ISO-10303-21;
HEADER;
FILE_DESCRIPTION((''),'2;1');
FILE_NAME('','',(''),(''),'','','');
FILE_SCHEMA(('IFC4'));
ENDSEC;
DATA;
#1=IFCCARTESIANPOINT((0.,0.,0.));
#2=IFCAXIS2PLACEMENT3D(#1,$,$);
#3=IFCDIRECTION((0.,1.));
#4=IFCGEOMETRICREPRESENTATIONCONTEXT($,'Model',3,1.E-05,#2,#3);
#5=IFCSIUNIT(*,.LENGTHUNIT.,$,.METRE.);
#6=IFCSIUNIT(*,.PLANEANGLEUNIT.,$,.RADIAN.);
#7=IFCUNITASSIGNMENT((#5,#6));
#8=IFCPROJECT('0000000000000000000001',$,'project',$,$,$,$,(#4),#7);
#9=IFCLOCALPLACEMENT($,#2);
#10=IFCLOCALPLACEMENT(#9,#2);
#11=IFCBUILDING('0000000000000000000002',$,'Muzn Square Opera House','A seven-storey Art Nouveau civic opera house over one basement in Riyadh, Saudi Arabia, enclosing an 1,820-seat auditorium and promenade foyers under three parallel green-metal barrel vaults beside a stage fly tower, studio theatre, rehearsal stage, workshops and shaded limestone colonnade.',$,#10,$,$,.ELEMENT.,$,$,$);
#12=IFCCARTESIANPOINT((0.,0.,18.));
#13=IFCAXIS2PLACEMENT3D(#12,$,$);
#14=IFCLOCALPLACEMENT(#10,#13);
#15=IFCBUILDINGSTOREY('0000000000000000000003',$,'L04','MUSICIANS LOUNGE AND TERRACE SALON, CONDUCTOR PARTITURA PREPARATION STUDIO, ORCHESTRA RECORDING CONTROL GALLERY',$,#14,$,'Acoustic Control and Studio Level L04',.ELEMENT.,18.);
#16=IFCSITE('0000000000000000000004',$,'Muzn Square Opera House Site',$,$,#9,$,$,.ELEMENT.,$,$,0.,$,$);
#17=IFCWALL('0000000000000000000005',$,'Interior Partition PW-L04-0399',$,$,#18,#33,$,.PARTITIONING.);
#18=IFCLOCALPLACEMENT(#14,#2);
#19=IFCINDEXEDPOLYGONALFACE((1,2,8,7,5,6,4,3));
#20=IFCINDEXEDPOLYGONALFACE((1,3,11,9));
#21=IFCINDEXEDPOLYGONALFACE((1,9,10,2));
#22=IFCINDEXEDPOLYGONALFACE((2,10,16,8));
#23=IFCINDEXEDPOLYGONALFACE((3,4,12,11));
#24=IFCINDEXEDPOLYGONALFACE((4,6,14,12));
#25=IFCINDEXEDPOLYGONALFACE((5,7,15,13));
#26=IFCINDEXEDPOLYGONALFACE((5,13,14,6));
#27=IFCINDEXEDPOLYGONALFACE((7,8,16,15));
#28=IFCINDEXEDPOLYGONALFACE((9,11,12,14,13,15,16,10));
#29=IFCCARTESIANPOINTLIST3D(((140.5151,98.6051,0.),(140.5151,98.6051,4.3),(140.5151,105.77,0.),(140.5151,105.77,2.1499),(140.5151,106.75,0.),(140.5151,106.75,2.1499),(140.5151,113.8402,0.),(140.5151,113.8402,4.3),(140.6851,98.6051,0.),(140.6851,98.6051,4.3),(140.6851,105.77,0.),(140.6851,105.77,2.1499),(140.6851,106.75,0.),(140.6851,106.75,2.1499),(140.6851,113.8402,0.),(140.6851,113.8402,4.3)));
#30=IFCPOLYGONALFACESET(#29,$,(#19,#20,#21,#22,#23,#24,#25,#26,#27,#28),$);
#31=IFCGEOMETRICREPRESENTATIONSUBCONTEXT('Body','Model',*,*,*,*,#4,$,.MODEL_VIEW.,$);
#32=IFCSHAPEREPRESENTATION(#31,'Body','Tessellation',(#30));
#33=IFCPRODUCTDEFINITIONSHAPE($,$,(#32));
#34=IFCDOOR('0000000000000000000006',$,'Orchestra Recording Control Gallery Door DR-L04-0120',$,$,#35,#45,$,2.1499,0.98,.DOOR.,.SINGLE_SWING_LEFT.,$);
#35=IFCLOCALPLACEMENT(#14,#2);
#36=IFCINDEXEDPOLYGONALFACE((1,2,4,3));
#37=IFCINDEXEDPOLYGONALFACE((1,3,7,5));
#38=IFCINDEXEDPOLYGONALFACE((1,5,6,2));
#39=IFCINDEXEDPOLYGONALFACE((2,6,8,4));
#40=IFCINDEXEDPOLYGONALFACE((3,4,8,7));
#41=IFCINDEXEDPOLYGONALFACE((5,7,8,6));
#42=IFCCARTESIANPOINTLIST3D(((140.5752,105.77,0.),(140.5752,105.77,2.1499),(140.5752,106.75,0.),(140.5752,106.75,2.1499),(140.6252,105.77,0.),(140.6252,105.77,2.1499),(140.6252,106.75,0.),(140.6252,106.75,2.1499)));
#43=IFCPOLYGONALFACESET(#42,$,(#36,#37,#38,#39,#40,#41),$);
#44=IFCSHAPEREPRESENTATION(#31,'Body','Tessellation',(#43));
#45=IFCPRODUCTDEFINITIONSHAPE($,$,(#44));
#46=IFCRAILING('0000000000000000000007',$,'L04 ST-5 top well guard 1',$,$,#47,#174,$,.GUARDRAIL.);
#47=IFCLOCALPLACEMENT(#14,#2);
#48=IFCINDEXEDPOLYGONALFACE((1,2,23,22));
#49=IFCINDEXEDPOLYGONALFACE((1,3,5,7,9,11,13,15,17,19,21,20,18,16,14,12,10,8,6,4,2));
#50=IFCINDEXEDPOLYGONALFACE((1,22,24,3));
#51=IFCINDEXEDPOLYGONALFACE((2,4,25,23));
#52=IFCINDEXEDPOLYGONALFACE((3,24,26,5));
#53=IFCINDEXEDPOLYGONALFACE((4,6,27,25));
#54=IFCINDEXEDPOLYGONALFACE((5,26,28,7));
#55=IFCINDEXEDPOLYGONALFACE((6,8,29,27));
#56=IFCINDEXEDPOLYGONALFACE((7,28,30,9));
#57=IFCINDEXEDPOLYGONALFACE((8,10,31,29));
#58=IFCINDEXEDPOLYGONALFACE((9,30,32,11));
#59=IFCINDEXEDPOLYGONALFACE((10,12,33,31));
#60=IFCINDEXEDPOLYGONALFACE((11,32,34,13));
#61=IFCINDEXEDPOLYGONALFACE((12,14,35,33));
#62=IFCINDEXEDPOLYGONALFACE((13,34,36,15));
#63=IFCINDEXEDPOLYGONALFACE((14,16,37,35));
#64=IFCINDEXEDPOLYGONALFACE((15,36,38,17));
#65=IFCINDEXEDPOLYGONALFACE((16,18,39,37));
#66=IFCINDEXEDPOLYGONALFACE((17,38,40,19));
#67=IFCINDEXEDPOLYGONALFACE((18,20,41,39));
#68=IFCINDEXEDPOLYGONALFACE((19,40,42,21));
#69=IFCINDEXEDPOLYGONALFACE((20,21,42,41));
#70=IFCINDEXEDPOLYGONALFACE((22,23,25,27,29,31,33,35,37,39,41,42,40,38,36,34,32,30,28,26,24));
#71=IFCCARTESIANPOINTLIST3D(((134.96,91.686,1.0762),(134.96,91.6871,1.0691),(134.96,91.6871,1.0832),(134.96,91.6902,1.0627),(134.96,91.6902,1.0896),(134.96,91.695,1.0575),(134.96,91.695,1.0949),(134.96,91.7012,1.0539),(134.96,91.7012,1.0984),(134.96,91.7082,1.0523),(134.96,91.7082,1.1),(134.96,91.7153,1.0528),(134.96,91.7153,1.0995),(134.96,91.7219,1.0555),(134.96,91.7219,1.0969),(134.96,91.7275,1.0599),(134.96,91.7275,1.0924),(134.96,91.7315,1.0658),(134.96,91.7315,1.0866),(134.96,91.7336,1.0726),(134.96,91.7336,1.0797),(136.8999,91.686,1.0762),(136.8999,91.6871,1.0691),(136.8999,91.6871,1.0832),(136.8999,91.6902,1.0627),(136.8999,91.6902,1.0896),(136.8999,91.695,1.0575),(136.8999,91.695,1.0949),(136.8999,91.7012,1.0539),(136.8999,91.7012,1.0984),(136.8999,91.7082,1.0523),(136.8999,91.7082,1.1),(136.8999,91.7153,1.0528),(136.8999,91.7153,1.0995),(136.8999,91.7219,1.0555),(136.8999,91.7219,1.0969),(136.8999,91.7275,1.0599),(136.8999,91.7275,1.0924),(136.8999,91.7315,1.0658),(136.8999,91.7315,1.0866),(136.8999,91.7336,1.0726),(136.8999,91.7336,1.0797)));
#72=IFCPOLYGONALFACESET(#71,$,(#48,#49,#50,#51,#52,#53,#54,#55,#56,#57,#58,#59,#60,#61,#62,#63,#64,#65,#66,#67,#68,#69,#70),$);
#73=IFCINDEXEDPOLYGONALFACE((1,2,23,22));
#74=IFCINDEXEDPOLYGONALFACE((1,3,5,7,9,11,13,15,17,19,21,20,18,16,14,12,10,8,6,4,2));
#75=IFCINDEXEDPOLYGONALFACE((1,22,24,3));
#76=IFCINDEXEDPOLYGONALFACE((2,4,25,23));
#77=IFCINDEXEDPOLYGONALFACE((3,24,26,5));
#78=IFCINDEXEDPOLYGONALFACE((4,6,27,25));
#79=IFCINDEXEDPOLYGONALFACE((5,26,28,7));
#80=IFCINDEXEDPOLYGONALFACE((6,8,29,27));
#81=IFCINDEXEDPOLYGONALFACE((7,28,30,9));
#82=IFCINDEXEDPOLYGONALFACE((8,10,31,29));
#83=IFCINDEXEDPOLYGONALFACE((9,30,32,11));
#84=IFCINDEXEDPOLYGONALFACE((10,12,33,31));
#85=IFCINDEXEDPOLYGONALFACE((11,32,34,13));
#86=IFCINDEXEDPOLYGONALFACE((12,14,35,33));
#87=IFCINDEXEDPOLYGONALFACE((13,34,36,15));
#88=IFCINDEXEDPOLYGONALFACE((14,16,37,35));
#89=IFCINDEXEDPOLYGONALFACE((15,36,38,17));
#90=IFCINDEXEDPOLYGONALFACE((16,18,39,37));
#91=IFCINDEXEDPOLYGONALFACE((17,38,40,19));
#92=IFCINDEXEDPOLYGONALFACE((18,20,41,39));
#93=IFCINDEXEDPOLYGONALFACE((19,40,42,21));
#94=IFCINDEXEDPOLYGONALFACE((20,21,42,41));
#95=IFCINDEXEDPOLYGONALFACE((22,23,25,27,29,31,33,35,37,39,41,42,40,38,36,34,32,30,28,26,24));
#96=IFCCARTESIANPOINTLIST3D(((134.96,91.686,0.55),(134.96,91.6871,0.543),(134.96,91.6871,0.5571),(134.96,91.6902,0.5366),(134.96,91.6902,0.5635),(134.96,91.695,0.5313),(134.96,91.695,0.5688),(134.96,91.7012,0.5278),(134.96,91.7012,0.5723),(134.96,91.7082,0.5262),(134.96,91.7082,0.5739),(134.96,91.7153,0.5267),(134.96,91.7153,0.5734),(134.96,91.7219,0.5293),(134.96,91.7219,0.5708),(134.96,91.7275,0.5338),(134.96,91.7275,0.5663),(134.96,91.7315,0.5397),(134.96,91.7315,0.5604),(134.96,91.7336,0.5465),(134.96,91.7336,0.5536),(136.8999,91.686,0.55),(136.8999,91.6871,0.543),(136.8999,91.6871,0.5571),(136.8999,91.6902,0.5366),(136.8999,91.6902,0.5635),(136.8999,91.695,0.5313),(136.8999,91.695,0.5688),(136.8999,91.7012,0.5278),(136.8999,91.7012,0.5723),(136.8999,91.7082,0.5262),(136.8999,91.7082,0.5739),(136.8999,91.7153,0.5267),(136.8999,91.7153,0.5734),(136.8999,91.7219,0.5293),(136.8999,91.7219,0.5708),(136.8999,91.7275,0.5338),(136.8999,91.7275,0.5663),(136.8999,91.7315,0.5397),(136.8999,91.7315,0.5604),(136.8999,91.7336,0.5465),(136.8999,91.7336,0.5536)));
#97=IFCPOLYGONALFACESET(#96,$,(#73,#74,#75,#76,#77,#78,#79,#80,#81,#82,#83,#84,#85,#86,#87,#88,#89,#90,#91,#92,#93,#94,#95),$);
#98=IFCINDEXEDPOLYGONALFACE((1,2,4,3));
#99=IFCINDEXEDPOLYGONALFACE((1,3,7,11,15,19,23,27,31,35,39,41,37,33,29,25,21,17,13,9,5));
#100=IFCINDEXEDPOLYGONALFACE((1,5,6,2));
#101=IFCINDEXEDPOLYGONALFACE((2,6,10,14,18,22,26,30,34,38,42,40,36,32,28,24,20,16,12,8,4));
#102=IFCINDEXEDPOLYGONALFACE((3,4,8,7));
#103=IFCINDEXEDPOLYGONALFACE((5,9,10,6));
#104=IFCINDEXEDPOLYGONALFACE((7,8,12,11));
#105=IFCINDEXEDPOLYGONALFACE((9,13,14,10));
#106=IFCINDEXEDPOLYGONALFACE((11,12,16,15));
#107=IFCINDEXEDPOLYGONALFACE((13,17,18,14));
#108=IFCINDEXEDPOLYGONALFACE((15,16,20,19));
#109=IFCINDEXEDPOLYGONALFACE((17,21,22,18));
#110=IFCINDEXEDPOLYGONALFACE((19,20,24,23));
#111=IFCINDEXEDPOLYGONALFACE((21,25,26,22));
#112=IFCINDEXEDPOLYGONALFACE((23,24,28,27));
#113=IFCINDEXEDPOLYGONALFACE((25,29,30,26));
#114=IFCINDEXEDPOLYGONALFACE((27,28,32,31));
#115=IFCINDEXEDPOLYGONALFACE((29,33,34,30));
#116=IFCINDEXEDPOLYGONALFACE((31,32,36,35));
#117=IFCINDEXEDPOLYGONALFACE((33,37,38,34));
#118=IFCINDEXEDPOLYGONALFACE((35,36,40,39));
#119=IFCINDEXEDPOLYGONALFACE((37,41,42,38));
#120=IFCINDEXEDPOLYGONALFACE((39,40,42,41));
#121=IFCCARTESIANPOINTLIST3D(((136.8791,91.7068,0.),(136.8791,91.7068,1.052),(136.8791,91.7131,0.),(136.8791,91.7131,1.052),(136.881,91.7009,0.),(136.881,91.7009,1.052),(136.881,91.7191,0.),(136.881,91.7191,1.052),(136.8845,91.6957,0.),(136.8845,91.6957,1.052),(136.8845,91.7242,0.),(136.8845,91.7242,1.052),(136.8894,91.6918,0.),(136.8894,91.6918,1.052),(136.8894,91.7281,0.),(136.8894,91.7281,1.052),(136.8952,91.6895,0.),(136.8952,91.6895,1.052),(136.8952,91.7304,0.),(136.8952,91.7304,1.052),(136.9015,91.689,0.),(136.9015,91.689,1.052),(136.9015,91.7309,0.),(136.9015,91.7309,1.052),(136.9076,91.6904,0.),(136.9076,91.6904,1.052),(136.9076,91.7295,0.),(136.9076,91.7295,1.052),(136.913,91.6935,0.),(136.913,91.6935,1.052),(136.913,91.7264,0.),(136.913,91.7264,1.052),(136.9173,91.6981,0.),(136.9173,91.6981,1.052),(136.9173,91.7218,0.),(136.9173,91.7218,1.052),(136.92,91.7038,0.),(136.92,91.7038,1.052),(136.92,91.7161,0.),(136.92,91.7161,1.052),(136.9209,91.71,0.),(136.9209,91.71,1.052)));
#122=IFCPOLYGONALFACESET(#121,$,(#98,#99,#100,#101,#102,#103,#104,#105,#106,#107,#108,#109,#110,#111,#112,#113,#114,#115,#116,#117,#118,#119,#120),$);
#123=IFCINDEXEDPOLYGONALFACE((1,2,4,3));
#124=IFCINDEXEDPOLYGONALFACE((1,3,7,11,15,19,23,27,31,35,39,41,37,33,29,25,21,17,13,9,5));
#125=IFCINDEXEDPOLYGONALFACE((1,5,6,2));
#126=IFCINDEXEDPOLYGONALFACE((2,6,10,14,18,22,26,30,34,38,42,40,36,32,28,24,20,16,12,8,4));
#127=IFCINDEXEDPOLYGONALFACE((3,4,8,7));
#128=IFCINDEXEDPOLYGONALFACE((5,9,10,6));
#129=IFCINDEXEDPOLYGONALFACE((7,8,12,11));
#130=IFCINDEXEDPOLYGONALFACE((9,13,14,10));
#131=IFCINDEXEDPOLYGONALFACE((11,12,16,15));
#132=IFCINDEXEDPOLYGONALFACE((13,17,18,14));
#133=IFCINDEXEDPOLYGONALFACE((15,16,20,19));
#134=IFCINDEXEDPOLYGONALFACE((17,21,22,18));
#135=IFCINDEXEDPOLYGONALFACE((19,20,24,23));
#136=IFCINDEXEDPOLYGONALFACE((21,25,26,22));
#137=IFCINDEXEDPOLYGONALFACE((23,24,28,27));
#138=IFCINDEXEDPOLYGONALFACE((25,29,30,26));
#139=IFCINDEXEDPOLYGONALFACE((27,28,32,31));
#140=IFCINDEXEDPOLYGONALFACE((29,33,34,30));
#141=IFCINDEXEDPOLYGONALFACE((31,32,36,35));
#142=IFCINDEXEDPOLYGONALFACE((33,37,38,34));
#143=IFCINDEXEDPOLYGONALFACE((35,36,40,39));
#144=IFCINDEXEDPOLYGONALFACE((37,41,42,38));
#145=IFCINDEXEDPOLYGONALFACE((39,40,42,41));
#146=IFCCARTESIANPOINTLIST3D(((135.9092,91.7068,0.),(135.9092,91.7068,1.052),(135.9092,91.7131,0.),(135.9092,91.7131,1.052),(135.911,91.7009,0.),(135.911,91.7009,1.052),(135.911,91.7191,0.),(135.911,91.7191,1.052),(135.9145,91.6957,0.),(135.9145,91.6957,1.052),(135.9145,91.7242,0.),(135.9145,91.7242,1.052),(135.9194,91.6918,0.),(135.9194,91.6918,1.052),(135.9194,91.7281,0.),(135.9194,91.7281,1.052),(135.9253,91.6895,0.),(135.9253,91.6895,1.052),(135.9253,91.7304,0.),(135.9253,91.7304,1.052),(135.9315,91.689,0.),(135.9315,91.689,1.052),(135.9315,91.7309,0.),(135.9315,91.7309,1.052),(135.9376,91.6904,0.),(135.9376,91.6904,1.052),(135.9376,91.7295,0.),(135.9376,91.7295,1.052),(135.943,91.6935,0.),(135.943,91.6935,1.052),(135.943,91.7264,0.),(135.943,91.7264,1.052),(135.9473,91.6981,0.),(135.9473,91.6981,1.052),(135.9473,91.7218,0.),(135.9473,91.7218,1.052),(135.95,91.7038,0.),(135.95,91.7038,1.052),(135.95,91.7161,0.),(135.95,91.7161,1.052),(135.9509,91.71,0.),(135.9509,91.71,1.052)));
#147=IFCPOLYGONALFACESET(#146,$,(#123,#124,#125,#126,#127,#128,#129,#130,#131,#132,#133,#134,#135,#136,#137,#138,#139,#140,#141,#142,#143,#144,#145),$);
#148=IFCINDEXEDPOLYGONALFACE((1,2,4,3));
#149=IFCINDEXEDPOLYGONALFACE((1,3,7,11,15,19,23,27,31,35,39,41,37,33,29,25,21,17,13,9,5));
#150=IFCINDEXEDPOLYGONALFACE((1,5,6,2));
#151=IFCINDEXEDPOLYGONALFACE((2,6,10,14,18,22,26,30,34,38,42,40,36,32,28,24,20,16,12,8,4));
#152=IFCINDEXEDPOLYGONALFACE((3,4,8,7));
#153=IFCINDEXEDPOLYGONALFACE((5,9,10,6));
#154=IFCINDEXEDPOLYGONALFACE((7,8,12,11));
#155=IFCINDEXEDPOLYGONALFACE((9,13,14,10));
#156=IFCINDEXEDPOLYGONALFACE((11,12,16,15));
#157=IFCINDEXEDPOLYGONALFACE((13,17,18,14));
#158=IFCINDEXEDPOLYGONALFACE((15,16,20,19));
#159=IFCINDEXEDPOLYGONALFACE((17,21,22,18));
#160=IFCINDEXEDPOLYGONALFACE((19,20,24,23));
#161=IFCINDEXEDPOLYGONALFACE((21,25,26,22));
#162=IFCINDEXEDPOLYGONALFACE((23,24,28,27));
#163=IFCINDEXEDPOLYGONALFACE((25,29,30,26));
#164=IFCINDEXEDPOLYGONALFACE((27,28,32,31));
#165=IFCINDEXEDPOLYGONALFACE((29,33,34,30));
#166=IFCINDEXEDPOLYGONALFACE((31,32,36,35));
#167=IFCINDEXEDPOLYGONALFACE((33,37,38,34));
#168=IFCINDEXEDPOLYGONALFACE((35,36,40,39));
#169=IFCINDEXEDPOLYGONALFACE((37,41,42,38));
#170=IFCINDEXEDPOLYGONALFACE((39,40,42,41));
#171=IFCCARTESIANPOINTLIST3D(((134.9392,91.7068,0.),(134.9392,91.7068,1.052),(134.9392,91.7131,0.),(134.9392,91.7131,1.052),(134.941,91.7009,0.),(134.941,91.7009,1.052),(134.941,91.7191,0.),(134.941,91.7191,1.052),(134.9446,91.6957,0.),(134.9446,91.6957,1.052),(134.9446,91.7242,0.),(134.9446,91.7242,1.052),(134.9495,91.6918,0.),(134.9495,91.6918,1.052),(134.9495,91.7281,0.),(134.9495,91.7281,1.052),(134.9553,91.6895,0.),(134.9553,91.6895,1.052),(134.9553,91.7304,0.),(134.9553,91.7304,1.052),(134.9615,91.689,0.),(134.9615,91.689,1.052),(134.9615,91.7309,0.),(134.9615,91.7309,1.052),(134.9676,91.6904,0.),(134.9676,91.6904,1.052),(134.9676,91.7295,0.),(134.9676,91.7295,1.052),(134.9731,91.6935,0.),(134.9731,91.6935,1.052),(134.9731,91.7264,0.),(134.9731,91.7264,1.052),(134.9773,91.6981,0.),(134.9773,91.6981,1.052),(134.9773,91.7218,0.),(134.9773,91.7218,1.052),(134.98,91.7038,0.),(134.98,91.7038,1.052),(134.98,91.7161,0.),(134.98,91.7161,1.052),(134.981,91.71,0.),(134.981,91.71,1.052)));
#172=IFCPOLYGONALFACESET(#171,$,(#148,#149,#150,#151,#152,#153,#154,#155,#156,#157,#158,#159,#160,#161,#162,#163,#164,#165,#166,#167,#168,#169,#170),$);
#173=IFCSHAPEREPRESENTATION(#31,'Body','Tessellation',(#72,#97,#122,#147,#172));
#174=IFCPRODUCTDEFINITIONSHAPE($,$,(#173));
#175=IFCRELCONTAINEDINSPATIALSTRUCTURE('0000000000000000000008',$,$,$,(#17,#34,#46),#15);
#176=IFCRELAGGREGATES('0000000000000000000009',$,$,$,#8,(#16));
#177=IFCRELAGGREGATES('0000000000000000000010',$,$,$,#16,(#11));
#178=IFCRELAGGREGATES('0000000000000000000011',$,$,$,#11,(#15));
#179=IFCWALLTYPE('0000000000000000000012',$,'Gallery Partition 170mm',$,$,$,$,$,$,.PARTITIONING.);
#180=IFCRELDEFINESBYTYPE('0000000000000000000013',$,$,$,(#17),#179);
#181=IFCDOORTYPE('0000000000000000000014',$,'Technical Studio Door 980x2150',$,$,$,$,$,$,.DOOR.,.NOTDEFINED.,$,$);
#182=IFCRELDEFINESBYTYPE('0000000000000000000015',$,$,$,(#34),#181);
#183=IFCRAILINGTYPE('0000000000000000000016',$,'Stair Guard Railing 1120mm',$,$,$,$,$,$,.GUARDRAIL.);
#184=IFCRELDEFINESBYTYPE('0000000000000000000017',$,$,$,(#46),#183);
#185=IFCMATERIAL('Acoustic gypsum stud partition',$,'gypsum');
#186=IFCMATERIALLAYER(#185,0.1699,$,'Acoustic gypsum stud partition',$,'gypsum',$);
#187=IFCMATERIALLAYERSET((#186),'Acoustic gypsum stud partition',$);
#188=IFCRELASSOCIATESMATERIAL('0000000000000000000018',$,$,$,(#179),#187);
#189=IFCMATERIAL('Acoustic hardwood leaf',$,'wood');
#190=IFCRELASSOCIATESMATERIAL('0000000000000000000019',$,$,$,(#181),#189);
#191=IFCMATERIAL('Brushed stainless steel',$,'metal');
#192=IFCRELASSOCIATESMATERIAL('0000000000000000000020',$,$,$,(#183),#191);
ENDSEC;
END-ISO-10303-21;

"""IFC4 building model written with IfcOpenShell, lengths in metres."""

from ifc_helpers import new_model, si_unit, direction, frame, frame_2d, origin, origin_2d, place, context, subcontext, project, spatial, rectangle, circle, extrude, material, layer, layer_set, type_object, element, fill, save


model = new_model("IFC4")

# Units and contexts
model_context = context("Model", 3, precision=1e-05, world=origin(), true_north=direction((0.0, 1.0)))
body_context = subcontext(model_context, "Body", "Model", "MODEL_VIEW")
ifc_project = project(units=[si_unit("LENGTHUNIT", "METRE"), si_unit("PLANEANGLEUNIT", "RADIAN")], contexts=[model_context])

# Site, building, storey
site_placement = place(None, origin())
site = spatial("IfcSite", under=ifc_project, at=site_placement, Name="Muzn Square Opera House Site", CompositionType="ELEMENT", RefElevation=0.0)
building_placement = place(site_placement, origin())
building = spatial("IfcBuilding", under=site, at=building_placement, Name="Muzn Square Opera House", Description="A seven-storey Art Nouveau civic opera house over one basement in Riyadh, Saudi Arabia, enclosing an 1,820-seat auditorium and promenade foyers under three parallel green-metal barrel vaults beside a stage fly tower, studio theatre, rehearsal stage, workshops and shaded limestone colonnade.", CompositionType="ELEMENT")
storey_placement = place(building_placement, frame((0.0, 0.0, 18.0)))
storey = spatial("IfcBuildingStorey", under=building, at=storey_placement, Name="L04", Description="MUSICIANS LOUNGE AND TERRACE SALON, CONDUCTOR PARTITURA PREPARATION STUDIO, ORCHESTRA RECORDING CONTROL GALLERY", LongName="Acoustic Control and Studio Level L04", CompositionType="ELEMENT", Elevation=18.0)

# Shared definitions
ifc_material_1 = material(Name="Brushed stainless steel", Category="metal")

# Wall, opening, door
ifc_material_2 = material(Name="Acoustic gypsum stud partition", Category="gypsum")
ifc_layer_1 = layer(ifc_material_2, 0.1699, Name="Acoustic gypsum stud partition", Category="gypsum")
ifc_layer_set_1 = layer_set([ifc_layer_1], Name="Acoustic gypsum stud partition")
wall_type_1 = type_object("IfcWallType", Name="Gallery Partition 170mm", PredefinedType="PARTITIONING", material=ifc_layer_set_1)
wall_1_placement = place(storey_placement, frame((140.6001, 98.605, 0.0), z_axis=(0.0, 0.0, 1.0), x_axis=(0.0, 1.0, 0.0)))
wall_1 = element("IfcWall", 1, at=wall_1_placement, inside=storey, type_object=wall_type_1, Name="Interior Partition PW-L04-0399", PredefinedType="PARTITIONING", context=body_context, shape_type="SweptSolid", body=[
    extrude(rectangle(XDim=15.2351, YDim=0.1699, at=frame_2d((7.6177, 0.0))), origin(), (0.0, 0.0, 1.0), 4.3),
])
opening_1_placement = place(wall_1_placement, frame((7.165, 0.0, 0.0)))
opening_1 = element("IfcOpeningElement", 2, at=opening_1_placement, cuts=wall_1, PredefinedType="OPENING", context=body_context, shape_type="SweptSolid", body=[
    extrude(rectangle(XDim=0.98, YDim=2.1499, at=frame_2d((0.49, 1.075))), frame((0.0, 0.095, 0.0), z_axis=(0.0, -1.0, 0.0), x_axis=(1.0, 0.0, 0.0)), (0.0, 0.0, 1.0), 0.1899),
])
ifc_material_3 = material(Name="Acoustic hardwood leaf", Category="wood")
door_type_1 = type_object("IfcDoorType", Name="Technical Studio Door 980x2150", OperationType="NOTDEFINED", PredefinedType="DOOR", material=ifc_material_3)
door_1_placement = place(opening_1_placement, origin())
door_1 = element("IfcDoor", 3, at=door_1_placement, inside=storey, type_object=door_type_1, Name="Orchestra Recording Control Gallery Door DR-L04-0120", OperationType="SINGLE_SWING_LEFT", OverallHeight=2.1499, OverallWidth=0.98, PredefinedType="DOOR", context=body_context, shape_type="SweptSolid", body=[
    extrude(rectangle(XDim=0.98, YDim=2.1499, at=frame_2d((0.49, 1.075))), frame((0.0, 0.0249, 0.0), z_axis=(0.0, -1.0, 0.0), x_axis=(1.0, 0.0, 0.0)), (0.0, 0.0, 1.0), 0.05),
])
fill(opening_1, door_1)

# Railing
railing_type = type_object("IfcRailingType", Name="Stair Guard Railing 1120mm", PredefinedType="GUARDRAIL", material=ifc_material_1)
railing_placement = place(storey_placement, frame((136.8999, 91.71, 0.0)))
element("IfcRailing", 4, at=railing_placement, inside=storey, type_object=railing_type, Name="L04 ST-5 top well guard 1", PredefinedType="GUARDRAIL", context=body_context, shape_type="SweptSolid", body=[
    extrude(circle(Radius=0.0239, at=origin_2d()), frame((0.0, 0.0, 1.0762), z_axis=(-1.0, 0.0, 0.0), x_axis=(0.0, -1.0, 0.0)), (0.0, 0.0, 1.0), 1.9399),
    extrude(circle(Radius=0.0239, at=origin_2d()), frame((0.0, 0.0, 0.55), z_axis=(-1.0, 0.0, 0.0), x_axis=(0.0, -1.0, 0.0)), (0.0, 0.0, 1.0), 1.9399),
    extrude(circle(Radius=0.021, at=origin_2d()), origin(), (0.0, 0.0, 1.0), 1.052),
    extrude(circle(Radius=0.021, at=origin_2d()), frame((-0.97, 0.0, 0.0)), (0.0, 0.0, 1.0), 1.052),
    extrude(circle(Radius=0.021, at=origin_2d()), frame((-1.9399, 0.0, 0.0)), (0.0, 0.0, 1.0), 1.052),
])

save(model, "model.ifc")
